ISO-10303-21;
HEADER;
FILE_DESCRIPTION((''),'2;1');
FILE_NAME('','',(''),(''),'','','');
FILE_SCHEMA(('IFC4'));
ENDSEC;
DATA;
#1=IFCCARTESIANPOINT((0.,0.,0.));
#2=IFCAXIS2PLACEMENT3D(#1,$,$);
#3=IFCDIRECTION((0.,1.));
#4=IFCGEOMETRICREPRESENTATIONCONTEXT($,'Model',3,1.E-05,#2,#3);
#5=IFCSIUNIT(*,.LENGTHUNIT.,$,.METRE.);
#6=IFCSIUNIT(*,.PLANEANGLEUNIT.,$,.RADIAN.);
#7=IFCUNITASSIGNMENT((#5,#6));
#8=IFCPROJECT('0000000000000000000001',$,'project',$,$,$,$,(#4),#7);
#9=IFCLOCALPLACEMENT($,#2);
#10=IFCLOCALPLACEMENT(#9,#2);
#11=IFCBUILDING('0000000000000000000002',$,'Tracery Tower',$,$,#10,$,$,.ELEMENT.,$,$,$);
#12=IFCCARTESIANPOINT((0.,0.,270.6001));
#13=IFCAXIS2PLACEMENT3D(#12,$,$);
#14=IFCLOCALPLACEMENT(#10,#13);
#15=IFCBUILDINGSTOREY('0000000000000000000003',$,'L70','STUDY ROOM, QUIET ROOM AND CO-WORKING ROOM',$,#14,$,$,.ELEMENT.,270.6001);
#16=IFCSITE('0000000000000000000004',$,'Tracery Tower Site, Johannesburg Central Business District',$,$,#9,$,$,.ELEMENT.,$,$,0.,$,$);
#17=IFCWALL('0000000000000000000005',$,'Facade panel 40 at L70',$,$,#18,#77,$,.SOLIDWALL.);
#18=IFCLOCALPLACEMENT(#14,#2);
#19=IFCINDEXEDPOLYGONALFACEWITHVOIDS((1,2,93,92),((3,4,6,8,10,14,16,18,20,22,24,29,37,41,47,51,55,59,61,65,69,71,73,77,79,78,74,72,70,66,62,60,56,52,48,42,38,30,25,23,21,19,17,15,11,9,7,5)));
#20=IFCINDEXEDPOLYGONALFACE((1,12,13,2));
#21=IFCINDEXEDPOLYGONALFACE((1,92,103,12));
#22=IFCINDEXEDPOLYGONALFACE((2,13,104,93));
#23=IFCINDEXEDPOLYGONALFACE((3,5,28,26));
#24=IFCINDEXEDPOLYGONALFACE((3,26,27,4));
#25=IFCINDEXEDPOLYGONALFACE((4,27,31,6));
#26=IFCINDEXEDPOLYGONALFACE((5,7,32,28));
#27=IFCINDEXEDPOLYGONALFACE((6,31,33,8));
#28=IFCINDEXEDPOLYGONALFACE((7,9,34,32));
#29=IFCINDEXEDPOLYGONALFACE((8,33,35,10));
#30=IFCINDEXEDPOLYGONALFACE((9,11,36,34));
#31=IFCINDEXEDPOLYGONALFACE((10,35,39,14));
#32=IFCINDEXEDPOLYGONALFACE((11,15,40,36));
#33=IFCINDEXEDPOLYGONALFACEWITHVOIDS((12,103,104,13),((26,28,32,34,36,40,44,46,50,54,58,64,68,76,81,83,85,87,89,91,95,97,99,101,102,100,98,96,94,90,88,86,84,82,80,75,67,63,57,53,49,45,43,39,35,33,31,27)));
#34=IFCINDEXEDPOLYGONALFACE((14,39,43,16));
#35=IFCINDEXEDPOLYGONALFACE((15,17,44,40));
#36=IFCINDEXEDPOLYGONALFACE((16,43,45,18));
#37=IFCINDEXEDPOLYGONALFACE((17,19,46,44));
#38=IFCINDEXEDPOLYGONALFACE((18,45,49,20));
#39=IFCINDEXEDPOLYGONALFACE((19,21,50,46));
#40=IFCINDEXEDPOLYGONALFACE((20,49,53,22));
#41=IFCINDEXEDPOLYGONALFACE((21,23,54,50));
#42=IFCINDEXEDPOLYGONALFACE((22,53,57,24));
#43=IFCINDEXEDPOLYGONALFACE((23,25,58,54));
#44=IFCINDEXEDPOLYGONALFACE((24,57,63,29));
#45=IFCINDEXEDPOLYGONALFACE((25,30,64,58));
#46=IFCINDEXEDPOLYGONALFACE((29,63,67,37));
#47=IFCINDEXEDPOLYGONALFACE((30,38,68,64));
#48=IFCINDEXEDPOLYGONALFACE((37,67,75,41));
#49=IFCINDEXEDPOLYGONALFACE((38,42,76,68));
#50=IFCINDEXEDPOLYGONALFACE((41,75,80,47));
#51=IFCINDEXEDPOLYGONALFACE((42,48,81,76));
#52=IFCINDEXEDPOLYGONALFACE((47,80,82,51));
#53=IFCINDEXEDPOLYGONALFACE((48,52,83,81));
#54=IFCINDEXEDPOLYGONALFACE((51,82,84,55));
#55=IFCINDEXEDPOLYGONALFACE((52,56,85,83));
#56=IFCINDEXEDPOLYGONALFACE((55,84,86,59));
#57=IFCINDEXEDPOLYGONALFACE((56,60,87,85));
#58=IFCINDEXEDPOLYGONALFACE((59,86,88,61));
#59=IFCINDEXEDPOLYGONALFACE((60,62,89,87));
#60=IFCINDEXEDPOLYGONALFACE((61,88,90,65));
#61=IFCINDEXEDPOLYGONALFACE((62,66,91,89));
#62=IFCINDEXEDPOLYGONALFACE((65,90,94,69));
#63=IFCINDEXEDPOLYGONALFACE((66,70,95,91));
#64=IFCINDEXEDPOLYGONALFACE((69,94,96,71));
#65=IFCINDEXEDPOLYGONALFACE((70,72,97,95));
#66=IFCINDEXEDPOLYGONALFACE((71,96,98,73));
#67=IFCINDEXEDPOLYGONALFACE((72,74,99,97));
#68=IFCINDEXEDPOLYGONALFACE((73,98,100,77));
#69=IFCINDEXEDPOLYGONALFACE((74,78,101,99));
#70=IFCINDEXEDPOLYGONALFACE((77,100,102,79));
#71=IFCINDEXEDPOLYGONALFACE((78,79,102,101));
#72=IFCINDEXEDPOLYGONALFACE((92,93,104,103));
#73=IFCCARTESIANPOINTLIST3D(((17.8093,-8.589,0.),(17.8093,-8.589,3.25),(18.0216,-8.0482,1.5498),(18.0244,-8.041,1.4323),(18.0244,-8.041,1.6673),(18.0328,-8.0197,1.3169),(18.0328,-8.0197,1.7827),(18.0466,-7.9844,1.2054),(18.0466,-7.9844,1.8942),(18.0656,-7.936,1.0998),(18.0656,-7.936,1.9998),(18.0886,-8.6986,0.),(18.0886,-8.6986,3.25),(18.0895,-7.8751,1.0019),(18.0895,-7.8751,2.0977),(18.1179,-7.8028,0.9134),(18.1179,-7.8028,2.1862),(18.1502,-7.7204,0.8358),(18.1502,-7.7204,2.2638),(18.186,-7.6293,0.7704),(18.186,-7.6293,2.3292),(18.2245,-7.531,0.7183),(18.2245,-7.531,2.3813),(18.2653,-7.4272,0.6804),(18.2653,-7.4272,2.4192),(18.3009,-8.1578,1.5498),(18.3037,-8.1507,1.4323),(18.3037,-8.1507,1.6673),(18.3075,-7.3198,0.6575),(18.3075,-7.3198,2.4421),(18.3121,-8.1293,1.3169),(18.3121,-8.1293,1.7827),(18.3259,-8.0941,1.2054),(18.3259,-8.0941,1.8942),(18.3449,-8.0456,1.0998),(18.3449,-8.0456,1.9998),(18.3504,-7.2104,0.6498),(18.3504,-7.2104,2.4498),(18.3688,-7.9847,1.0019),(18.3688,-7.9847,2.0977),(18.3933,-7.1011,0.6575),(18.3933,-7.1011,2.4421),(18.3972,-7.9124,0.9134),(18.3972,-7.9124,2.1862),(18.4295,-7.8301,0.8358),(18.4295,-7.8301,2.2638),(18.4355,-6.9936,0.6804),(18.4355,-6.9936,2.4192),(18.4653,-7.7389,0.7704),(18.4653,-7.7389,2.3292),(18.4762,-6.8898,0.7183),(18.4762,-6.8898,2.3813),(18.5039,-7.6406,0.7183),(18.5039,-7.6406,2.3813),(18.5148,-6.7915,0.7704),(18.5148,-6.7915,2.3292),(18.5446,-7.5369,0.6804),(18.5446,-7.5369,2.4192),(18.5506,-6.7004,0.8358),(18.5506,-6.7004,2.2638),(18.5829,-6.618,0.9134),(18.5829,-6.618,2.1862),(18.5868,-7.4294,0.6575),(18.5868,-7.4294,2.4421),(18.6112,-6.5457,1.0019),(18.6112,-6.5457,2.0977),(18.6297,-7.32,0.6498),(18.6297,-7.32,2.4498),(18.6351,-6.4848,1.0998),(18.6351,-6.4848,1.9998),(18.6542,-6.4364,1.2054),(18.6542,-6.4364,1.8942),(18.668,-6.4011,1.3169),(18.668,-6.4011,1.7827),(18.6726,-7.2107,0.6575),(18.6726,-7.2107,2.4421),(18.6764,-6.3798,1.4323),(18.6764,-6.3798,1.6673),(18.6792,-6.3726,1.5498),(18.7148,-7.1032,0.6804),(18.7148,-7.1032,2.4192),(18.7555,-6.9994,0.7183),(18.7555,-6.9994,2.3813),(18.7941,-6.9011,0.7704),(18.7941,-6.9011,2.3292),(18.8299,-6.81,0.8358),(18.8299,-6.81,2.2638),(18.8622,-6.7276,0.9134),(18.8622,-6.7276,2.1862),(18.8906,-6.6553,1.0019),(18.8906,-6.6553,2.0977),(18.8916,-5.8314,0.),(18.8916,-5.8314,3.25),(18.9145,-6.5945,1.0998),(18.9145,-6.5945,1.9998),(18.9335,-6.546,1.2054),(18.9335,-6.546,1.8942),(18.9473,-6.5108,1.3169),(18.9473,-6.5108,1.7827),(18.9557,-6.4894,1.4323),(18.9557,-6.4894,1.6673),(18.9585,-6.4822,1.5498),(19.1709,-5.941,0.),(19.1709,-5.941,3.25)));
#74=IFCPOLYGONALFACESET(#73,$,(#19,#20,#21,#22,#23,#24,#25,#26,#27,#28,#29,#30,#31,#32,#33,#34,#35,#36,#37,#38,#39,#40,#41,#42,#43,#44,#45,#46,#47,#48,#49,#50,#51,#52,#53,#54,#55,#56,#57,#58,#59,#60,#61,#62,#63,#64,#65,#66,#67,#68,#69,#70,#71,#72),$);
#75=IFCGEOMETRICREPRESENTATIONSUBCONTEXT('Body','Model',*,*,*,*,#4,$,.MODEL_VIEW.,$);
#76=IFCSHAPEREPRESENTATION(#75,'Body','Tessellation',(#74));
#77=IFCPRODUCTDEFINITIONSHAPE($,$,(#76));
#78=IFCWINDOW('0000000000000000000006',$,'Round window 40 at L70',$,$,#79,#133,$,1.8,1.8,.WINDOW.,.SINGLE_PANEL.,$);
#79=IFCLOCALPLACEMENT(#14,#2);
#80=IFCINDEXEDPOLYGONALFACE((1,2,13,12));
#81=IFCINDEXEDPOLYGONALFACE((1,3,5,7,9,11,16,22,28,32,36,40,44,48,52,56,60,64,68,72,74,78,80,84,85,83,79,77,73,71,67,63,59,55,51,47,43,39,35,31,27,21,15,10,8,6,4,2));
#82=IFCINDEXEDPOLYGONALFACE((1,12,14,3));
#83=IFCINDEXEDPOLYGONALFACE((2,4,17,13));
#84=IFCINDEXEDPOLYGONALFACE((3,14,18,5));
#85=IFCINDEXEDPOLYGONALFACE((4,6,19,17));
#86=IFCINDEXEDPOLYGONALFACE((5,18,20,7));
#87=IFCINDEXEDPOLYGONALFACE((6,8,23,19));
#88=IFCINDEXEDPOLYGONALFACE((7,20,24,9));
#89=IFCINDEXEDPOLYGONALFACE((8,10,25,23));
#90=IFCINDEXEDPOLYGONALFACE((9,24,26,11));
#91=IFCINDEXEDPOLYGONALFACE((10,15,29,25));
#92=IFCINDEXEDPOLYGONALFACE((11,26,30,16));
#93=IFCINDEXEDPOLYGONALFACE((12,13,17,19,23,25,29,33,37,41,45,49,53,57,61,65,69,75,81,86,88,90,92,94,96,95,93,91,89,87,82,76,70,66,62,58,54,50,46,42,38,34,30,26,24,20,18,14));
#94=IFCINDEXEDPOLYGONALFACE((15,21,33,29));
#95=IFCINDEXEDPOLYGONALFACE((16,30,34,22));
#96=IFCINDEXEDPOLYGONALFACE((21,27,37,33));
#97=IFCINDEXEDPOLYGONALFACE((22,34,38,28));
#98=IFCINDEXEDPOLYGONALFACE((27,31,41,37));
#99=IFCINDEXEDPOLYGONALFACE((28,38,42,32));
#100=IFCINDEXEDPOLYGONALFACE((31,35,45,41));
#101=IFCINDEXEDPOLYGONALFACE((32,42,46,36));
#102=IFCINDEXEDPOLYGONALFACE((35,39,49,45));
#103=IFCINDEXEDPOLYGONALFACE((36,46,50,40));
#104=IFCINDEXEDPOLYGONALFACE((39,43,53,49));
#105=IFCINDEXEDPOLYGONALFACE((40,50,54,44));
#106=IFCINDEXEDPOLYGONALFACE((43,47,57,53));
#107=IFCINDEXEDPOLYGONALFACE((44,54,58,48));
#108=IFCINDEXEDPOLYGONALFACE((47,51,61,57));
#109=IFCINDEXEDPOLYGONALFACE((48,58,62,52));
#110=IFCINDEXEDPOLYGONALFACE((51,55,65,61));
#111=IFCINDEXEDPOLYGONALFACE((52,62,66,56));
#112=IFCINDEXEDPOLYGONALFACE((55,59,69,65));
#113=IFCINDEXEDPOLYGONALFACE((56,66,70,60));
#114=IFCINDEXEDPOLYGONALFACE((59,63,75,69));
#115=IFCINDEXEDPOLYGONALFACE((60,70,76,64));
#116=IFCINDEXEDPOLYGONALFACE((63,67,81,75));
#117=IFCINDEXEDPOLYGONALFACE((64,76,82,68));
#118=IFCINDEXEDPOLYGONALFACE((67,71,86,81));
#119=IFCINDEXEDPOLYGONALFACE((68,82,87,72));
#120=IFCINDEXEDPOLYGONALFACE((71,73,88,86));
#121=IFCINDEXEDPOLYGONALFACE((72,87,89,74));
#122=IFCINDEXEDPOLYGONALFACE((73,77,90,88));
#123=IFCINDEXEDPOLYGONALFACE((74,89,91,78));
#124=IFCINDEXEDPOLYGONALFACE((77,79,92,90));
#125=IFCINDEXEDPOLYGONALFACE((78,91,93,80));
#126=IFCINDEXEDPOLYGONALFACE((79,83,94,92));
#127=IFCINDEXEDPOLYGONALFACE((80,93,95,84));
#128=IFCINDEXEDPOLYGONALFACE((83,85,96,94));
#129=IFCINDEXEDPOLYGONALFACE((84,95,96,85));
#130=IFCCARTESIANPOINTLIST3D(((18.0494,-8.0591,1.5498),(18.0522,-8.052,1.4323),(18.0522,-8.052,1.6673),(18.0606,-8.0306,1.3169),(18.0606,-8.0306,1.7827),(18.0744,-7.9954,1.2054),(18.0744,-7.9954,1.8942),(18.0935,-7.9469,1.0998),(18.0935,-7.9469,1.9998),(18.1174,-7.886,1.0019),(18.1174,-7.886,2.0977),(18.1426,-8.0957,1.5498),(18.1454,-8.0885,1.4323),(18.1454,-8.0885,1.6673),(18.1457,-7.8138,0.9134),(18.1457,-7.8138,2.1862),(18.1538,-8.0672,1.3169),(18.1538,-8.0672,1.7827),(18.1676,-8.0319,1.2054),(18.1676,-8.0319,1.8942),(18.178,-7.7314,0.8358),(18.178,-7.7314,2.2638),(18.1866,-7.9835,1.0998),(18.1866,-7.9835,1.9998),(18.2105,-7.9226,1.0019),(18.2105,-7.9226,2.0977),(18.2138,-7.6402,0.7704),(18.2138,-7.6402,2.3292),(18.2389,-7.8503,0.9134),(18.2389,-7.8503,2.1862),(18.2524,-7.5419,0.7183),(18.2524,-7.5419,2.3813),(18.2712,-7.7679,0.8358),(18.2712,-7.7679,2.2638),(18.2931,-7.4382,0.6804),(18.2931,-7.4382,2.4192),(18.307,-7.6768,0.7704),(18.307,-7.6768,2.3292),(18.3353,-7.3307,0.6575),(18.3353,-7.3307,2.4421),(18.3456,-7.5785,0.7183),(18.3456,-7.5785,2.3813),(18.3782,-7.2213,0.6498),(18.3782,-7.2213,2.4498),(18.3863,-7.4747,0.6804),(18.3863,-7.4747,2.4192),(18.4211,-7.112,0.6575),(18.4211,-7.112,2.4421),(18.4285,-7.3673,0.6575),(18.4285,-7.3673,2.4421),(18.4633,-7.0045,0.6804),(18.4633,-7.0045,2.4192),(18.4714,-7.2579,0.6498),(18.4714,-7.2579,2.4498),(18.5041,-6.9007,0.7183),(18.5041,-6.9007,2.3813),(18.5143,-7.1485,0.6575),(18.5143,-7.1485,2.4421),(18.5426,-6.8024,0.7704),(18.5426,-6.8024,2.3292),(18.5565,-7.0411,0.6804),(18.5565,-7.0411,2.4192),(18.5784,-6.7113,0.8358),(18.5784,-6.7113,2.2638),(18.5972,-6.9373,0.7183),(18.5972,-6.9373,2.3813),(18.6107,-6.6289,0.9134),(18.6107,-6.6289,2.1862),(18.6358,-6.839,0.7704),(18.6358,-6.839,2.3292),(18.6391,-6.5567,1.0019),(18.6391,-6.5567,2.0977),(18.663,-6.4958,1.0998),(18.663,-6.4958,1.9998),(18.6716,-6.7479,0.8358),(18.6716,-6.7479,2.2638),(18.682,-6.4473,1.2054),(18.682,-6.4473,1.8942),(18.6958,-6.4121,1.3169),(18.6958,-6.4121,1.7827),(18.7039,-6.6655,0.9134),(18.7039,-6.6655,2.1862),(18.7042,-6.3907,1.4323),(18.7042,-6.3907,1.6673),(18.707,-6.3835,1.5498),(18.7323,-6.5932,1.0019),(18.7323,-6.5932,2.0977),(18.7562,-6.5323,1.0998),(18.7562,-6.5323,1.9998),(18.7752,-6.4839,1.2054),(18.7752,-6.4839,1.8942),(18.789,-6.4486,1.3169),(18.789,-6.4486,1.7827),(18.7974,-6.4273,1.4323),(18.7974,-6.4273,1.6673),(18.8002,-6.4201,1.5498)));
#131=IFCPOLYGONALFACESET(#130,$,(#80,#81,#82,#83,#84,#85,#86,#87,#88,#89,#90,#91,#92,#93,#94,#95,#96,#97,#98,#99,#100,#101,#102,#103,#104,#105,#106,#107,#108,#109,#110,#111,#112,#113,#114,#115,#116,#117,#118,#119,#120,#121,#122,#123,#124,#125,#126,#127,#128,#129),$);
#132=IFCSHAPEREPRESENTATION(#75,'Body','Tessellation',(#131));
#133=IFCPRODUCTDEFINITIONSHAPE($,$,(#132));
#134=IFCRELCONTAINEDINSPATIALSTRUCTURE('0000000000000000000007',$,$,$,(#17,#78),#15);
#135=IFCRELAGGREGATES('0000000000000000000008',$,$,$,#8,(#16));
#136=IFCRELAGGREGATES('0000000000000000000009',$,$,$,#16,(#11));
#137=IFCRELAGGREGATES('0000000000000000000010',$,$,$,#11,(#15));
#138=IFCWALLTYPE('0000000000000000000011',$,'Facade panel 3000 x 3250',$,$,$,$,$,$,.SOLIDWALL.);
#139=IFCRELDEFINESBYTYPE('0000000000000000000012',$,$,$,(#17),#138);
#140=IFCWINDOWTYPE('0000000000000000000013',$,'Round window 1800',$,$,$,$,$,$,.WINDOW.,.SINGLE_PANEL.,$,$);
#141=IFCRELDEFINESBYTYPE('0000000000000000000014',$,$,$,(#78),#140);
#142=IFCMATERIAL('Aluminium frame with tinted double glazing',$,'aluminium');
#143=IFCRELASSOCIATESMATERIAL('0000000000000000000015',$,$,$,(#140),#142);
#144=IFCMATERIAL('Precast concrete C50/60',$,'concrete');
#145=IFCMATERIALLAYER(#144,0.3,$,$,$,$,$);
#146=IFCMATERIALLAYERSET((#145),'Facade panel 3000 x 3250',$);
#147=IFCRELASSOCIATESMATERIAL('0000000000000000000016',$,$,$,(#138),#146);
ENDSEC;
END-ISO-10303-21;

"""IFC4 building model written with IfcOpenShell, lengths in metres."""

from ifc_helpers import new_model, si_unit, direction, frame, frame_2d, origin, origin_2d, place, context, subcontext, project, spatial, rectangle, circle, extrude, material, layer, layer_set, type_object, element, fill, save


model = new_model("IFC4")

# Units and contexts
model_context = context("Model", 3, precision=1e-05, world=origin(), true_north=direction((0.0, 1.0)))
body_context = subcontext(model_context, "Body", "Model", "MODEL_VIEW")
ifc_project = project(units=[si_unit("LENGTHUNIT", "METRE"), si_unit("PLANEANGLEUNIT", "RADIAN")], contexts=[model_context])

# Site, building, storey
site_placement = place(None, origin())
site = spatial("IfcSite", under=ifc_project, at=site_placement, Name="Tracery Tower Site, Johannesburg Central Business District", CompositionType="ELEMENT", RefElevation=0.0)
building_placement = place(site_placement, origin())
building = spatial("IfcBuilding", under=site, at=building_placement, Name="Tracery Tower", CompositionType="ELEMENT")
storey_placement = place(building_placement, frame((0.0, 0.0, 270.6001)))
storey = spatial("IfcBuildingStorey", under=building, at=storey_placement, Name="L70", Description="STUDY ROOM, QUIET ROOM AND CO-WORKING ROOM", CompositionType="ELEMENT", Elevation=270.6001)

# Wall, opening, window
ifc_material_1 = material(Name="Aluminium frame with tinted double glazing", Category="aluminium")
window_type = type_object("IfcWindowType", Name="Round window 1800", PartitioningType="SINGLE_PANEL", PredefinedType="WINDOW", material=ifc_material_1)
ifc_material_2 = material(Name="Precast concrete C50/60", Category="concrete")
ifc_layer_1 = layer(ifc_material_2, 0.3)
ifc_layer_set_1 = layer_set([ifc_layer_1], Name="Facade panel 3000 x 3250")
wall_type_1 = type_object("IfcWallType", Name="Facade panel 3000 x 3250", PredefinedType="SOLIDWALL", material=ifc_layer_set_1)
wall_1_placement = place(storey_placement, frame((17.949, -8.6438, 0.0), z_axis=(0.0, 0.0, 1.0), x_axis=(0.365344, 0.930873, 0.0)))
wall_1 = element("IfcWall", 1, at=wall_1_placement, inside=storey, type_object=wall_type_1, Name="Facade panel 40 at L70", PredefinedType="SOLIDWALL", context=body_context, shape_type="SweptSolid", body=[
    extrude(rectangle(XDim=2.9624, YDim=0.3, at=frame_2d((1.4812, 0.0))), origin(), (0.0, 0.0, 1.0), 3.25),
])
opening_1_placement = place(wall_1_placement, frame((1.481, 0.0, 1.5498)))
opening_1 = element("IfcOpeningElement", 2, at=opening_1_placement, cuts=wall_1, PredefinedType="OPENING", context=body_context, shape_type="SweptSolid", body=[
    extrude(circle(Radius=0.9, at=origin_2d()), frame((0.0, 0.1599, 0.0), z_axis=(0.0, -1.0, 0.0), x_axis=(1.0, 0.0, 0.0)), (0.0, 0.0, 1.0), 0.3201),
])
window_1_placement = place(opening_1_placement, origin())
window_1 = element("IfcWindow", 3, at=window_1_placement, inside=storey, type_object=window_type, Name="Round window 40 at L70", OverallHeight=1.8, OverallWidth=1.8, PartitioningType="SINGLE_PANEL", PredefinedType="WINDOW", context=body_context, shape_type="SweptSolid", body=[
    extrude(circle(Radius=0.9, at=origin_2d()), frame((0.0, 0.1201, 0.0), z_axis=(0.0, -1.0, 0.0), x_axis=(1.0, 0.0, 0.0)), (0.0, 0.0, 1.0), 0.1001),
])
fill(opening_1, window_1)

save(model, "model.ifc")
